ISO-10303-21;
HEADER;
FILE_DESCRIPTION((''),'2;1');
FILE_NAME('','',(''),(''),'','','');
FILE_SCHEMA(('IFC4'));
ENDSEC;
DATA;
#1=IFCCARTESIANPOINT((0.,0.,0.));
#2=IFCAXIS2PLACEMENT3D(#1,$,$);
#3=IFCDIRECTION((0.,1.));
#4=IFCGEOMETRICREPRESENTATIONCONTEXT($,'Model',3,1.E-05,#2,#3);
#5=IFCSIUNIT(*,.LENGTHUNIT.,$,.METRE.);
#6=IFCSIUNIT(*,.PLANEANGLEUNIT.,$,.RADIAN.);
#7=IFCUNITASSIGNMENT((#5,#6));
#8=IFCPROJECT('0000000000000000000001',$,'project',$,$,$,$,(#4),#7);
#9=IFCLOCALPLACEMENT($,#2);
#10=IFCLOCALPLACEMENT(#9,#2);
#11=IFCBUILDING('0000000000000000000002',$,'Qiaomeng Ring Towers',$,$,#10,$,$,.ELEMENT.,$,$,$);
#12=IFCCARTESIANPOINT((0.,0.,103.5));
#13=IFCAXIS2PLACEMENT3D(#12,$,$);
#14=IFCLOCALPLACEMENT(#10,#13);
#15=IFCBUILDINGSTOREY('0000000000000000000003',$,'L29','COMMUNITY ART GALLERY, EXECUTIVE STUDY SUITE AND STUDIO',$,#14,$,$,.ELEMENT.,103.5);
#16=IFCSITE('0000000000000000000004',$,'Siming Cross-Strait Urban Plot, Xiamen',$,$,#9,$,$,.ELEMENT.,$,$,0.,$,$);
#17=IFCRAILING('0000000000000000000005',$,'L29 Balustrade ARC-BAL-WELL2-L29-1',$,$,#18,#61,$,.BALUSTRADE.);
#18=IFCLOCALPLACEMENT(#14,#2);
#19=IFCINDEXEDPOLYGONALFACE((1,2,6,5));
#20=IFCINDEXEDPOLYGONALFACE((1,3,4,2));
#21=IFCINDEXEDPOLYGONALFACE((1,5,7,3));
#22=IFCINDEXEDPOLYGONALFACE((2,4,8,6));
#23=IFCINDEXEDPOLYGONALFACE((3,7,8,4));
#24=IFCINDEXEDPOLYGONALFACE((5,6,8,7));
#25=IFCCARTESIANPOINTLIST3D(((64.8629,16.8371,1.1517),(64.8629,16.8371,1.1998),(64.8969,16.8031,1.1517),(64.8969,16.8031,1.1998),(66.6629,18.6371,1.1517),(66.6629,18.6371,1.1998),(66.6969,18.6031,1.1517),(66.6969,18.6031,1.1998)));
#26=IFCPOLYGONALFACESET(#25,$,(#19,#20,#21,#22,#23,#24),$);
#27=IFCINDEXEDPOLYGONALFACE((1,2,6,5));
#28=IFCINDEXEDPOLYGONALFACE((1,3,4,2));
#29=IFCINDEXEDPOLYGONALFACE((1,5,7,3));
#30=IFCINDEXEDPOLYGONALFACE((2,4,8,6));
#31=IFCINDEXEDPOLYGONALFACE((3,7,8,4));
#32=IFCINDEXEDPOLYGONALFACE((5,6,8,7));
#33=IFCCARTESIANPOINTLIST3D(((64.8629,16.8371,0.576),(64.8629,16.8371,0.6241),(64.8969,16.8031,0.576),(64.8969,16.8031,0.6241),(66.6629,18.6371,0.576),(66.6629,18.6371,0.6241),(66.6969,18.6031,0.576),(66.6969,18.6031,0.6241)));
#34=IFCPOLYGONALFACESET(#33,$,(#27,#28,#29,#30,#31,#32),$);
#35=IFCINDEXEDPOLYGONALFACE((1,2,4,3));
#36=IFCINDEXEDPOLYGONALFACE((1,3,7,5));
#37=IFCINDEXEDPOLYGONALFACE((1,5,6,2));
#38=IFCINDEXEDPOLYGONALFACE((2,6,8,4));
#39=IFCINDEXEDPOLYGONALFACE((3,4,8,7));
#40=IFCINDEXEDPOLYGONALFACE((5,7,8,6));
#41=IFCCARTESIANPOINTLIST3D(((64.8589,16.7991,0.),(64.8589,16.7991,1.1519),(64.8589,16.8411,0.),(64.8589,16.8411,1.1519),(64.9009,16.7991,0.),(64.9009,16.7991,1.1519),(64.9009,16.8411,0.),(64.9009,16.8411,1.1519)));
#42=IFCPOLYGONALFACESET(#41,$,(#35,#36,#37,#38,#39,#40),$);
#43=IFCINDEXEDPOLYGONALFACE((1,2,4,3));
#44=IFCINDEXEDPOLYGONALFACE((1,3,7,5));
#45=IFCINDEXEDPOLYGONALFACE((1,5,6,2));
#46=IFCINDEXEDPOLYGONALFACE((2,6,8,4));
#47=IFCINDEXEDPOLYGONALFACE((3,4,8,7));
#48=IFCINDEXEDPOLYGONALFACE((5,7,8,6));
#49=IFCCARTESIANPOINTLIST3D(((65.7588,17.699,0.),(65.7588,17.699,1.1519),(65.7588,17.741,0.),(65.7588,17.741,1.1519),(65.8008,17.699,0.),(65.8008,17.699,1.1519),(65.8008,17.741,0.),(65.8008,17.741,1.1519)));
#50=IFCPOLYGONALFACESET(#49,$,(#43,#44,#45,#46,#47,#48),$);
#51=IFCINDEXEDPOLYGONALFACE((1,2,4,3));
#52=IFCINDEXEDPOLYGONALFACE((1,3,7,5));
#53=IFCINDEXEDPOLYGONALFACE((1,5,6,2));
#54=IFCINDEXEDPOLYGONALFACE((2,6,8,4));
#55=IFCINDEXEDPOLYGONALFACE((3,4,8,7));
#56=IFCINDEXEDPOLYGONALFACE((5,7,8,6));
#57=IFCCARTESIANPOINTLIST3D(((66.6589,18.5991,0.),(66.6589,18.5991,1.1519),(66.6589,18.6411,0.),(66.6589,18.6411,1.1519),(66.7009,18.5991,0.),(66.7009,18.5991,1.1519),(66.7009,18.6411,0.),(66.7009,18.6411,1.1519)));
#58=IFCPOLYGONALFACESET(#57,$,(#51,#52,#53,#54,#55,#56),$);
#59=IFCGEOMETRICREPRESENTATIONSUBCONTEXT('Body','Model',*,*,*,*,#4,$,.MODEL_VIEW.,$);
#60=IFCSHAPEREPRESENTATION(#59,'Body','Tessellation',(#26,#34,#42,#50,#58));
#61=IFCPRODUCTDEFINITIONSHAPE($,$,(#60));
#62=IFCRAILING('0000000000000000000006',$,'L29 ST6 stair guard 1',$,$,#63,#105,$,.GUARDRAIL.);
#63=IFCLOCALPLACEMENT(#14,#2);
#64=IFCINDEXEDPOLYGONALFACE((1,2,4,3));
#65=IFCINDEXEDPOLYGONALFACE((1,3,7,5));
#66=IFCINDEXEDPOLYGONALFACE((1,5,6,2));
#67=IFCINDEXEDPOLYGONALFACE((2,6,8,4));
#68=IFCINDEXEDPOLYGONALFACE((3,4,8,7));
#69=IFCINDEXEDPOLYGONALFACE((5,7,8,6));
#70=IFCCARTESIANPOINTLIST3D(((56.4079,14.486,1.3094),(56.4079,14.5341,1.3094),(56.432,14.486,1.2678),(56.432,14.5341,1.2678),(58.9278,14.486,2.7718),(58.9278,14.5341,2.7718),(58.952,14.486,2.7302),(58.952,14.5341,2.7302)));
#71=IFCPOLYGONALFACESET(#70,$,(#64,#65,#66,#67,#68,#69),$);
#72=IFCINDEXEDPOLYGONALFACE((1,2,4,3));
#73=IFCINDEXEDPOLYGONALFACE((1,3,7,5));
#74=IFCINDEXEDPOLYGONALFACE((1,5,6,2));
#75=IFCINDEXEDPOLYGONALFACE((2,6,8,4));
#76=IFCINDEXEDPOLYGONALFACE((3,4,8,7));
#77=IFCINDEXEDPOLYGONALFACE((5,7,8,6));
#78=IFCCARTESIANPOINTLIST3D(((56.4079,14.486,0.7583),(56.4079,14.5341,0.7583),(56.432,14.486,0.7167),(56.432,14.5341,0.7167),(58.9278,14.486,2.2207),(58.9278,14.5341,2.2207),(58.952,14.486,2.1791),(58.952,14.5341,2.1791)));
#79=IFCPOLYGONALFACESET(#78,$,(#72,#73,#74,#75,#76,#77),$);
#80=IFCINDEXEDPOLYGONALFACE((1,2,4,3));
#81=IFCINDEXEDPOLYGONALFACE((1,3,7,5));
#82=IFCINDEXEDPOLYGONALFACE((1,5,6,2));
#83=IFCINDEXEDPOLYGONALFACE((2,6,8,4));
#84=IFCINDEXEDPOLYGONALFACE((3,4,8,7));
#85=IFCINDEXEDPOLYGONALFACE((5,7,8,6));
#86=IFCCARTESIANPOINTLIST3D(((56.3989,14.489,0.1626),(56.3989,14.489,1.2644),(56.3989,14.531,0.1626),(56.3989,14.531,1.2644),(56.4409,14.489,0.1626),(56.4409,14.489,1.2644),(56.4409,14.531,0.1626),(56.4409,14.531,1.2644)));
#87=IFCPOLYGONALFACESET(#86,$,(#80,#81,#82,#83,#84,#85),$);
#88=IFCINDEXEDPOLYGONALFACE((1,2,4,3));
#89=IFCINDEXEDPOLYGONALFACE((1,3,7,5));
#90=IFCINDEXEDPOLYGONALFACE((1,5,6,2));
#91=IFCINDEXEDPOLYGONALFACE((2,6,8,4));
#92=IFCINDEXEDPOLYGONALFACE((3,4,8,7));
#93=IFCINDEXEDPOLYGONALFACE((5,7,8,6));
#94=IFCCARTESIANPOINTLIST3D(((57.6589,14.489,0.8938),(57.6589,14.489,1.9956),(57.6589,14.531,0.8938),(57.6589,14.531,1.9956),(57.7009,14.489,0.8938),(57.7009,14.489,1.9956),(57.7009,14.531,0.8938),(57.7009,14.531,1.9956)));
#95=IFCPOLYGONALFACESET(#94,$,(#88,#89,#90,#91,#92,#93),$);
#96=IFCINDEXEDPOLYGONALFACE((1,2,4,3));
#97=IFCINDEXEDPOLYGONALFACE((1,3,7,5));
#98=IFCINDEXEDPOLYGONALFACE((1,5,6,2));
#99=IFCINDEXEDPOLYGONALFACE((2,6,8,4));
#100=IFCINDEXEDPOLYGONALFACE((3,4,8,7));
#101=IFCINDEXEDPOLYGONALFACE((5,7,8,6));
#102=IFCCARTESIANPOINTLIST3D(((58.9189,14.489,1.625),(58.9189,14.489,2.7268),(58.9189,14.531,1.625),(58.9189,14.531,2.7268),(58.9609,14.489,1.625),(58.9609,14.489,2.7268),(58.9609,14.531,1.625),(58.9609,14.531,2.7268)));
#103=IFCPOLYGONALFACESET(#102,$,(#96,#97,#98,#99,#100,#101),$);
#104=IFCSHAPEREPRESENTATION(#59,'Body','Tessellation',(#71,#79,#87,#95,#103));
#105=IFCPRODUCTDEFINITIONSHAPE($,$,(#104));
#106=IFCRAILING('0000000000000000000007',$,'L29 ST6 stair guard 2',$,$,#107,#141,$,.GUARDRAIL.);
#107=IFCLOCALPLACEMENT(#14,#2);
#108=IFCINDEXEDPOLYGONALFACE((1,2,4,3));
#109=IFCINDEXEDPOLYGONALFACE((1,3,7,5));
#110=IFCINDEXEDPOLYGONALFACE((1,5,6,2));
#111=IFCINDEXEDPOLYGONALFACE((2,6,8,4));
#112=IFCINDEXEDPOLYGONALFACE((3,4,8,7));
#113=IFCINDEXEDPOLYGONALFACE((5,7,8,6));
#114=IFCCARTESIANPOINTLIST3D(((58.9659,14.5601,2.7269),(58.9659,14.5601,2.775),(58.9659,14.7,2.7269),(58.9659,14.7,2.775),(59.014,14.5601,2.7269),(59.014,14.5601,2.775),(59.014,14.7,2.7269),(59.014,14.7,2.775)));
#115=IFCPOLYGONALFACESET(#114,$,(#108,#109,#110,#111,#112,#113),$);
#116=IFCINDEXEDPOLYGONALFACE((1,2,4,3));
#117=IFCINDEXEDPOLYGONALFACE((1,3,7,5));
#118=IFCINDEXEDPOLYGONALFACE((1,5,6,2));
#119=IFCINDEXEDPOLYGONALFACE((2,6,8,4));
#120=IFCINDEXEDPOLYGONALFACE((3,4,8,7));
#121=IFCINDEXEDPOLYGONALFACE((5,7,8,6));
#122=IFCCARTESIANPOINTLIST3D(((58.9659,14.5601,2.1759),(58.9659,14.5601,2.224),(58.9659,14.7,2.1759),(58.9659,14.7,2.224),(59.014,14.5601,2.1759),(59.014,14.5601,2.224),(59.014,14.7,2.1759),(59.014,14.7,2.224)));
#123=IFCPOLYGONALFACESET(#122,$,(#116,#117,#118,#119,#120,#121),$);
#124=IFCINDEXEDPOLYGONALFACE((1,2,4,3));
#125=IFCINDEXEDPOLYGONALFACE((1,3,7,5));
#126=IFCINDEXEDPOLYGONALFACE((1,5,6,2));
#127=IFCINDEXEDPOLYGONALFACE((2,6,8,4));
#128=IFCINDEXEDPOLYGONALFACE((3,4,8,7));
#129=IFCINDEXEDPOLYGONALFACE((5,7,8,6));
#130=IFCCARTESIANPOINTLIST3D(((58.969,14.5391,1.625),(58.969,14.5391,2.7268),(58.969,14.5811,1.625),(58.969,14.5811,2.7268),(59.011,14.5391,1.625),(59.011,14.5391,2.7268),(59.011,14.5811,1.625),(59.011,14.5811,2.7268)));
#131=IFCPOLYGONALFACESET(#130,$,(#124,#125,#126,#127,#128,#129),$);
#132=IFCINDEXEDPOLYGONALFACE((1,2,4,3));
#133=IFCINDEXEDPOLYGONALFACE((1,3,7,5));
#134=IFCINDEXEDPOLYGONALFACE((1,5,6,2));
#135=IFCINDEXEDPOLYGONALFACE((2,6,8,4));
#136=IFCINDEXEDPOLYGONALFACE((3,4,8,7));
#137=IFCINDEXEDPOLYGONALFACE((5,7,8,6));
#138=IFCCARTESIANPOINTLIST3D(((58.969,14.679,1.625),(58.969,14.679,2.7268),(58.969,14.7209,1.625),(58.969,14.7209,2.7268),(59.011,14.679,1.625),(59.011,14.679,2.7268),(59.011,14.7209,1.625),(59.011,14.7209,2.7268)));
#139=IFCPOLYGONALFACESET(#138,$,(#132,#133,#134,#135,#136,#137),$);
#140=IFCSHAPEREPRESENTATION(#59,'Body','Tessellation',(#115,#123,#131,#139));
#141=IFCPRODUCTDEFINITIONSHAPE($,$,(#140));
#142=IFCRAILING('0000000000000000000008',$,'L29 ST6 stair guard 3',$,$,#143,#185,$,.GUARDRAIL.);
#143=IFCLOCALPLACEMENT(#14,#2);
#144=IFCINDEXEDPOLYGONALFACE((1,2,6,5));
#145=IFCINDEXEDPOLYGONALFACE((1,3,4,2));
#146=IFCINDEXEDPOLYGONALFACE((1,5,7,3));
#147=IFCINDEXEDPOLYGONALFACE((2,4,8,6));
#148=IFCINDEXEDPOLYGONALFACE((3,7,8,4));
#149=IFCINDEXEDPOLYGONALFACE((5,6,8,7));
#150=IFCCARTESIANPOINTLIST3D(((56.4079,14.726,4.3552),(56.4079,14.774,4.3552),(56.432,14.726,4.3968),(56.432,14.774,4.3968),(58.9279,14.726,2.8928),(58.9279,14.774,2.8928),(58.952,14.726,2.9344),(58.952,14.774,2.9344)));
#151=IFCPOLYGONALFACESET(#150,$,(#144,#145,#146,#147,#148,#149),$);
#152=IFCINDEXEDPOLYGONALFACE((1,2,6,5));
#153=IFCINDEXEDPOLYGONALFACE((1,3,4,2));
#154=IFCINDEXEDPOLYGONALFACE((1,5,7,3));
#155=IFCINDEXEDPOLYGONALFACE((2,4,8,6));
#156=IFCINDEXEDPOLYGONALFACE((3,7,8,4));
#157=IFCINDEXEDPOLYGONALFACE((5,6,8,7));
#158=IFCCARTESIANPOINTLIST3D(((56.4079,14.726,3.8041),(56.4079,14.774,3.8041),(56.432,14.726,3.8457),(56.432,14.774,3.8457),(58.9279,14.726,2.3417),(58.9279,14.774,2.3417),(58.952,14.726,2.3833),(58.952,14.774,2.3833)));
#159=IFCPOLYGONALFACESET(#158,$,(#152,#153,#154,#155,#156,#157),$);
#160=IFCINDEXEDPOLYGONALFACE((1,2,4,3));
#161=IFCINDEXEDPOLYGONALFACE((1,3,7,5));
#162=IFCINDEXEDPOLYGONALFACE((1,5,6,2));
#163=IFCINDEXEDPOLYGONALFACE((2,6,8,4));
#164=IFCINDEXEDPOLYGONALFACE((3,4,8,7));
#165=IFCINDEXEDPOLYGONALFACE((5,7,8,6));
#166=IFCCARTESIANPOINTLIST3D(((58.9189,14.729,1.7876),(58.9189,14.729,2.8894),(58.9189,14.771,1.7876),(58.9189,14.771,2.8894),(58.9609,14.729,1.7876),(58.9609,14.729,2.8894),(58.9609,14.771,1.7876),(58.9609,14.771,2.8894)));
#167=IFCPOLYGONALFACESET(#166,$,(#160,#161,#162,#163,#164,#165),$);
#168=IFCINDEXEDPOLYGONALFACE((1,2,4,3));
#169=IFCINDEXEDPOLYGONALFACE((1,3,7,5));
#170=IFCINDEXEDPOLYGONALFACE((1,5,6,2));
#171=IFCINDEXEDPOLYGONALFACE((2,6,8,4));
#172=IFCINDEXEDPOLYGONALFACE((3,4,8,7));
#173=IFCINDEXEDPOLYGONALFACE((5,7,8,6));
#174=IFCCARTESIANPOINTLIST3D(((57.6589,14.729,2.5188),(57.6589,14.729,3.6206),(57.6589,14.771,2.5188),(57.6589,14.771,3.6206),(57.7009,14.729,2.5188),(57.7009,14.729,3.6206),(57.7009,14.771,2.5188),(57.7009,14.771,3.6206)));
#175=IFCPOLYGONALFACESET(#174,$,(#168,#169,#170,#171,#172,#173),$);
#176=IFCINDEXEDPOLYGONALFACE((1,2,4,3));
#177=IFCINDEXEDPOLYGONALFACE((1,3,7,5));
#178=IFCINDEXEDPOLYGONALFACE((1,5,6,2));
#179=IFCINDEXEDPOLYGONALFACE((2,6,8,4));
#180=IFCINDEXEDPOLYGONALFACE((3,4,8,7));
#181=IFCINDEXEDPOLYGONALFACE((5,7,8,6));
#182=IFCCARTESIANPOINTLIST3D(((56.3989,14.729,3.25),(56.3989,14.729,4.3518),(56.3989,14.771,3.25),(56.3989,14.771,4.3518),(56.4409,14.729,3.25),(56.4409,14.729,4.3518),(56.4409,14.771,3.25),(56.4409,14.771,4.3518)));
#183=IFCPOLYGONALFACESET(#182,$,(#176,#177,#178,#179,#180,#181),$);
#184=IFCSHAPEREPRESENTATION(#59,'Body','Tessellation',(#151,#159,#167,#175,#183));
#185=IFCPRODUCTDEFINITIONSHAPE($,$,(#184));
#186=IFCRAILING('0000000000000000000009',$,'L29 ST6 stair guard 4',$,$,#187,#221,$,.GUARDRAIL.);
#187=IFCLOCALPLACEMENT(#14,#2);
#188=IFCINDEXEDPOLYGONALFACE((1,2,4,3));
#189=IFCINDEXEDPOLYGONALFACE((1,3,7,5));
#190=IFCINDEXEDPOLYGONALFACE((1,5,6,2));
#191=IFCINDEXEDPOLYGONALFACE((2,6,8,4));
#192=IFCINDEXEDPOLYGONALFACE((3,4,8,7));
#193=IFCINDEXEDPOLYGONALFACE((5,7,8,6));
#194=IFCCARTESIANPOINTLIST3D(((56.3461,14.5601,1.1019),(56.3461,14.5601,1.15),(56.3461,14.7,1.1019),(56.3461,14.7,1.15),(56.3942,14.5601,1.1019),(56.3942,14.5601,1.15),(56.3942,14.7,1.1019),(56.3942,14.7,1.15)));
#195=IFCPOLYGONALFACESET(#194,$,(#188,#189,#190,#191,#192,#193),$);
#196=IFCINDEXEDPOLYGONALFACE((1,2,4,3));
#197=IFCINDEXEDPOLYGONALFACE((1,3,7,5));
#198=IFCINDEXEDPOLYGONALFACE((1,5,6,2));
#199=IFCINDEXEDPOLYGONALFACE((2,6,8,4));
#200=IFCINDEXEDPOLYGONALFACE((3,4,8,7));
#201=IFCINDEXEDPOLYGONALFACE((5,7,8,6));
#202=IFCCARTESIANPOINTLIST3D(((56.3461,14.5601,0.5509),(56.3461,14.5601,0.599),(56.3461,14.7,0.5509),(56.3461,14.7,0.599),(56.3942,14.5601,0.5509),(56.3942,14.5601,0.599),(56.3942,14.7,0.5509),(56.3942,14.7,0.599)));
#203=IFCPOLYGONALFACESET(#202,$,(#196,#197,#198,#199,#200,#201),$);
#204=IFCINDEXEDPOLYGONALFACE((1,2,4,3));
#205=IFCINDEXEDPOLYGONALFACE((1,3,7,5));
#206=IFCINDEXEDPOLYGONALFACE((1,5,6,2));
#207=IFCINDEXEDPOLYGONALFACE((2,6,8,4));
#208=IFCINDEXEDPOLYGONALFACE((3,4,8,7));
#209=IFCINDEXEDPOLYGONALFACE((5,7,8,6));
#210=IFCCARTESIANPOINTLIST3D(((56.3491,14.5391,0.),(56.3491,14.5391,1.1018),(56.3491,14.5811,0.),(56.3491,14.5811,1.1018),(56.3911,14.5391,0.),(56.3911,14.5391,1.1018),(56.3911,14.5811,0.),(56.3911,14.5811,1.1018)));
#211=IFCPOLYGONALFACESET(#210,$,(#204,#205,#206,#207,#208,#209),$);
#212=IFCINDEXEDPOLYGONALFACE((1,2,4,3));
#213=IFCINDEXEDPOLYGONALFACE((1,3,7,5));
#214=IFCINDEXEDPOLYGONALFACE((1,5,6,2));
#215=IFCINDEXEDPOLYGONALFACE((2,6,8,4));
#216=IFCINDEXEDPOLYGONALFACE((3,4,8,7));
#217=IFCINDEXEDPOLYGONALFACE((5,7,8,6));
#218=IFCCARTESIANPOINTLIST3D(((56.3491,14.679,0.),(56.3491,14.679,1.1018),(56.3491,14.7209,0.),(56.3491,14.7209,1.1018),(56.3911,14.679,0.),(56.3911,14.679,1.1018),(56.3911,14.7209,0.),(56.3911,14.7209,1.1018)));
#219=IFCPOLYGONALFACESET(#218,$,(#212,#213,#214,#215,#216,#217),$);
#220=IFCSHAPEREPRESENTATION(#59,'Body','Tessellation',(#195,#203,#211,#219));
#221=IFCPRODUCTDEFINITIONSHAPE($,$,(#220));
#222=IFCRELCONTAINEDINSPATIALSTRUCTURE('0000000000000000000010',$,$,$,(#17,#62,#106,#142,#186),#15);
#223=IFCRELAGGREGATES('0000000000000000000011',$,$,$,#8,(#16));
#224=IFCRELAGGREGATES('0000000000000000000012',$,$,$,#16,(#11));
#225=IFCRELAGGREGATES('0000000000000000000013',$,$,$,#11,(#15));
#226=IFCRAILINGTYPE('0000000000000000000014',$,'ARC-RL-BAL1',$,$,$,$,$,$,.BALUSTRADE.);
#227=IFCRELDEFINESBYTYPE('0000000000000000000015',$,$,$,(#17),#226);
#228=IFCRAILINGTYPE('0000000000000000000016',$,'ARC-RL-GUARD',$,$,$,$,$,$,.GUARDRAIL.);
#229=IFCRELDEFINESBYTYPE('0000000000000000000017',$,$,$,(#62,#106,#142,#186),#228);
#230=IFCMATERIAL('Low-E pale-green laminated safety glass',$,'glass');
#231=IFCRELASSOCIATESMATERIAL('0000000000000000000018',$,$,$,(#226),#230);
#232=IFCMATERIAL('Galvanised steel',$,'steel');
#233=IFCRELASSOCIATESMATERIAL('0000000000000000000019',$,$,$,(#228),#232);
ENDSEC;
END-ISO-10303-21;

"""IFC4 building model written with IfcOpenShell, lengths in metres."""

from ifc_helpers import new_model, si_unit, direction, frame, origin, origin_2d, place, context, subcontext, project, spatial, rectangle, extrude, material, type_object, element, save


model = new_model("IFC4")

# Units and contexts
model_context = context("Model", 3, precision=1e-05, world=origin(), true_north=direction((0.0, 1.0)))
body_context = subcontext(model_context, "Body", "Model", "MODEL_VIEW")
ifc_project = project(units=[si_unit("LENGTHUNIT", "METRE"), si_unit("PLANEANGLEUNIT", "RADIAN")], contexts=[model_context])

# Site, building, storey
site_placement = place(None, origin())
site = spatial("IfcSite", under=ifc_project, at=site_placement, Name="Siming Cross-Strait Urban Plot, Xiamen", CompositionType="ELEMENT", RefElevation=0.0)
building_placement = place(site_placement, origin())
building = spatial("IfcBuilding", under=site, at=building_placement, Name="Qiaomeng Ring Towers", CompositionType="ELEMENT")
storey_placement = place(building_placement, frame((0.0, 0.0, 103.5)))
storey = spatial("IfcBuildingStorey", under=building, at=storey_placement, Name="L29", Description="COMMUNITY ART GALLERY, EXECUTIVE STUDY SUITE AND STUDIO", CompositionType="ELEMENT", Elevation=103.5)

# Shared definitions
ifc_material_1 = material(Name="Galvanised steel", Category="steel")

# Railings
ifc_material_2 = material(Name="Low-E pale-green laminated safety glass", Category="glass")
railing_type_1 = type_object("IfcRailingType", Name="ARC-RL-BAL1", PredefinedType="BALUSTRADE", material=ifc_material_2)
railing_1_placement = place(storey_placement, frame((64.8799, 16.8201, 0.0)))
element("IfcRailing", 1, at=railing_1_placement, inside=storey, type_object=railing_type_1, Name="L29 Balustrade ARC-BAL-WELL2-L29-1", PredefinedType="BALUSTRADE", context=body_context, shape_type="SweptSolid", body=[
    extrude(rectangle(XDim=0.0481, YDim=0.0481, at=origin_2d()), frame((0.0, 0.0, 1.1758), z_axis=(0.707107, 0.707107, 0.0), x_axis=(-0.707107, 0.707107, 0.0)), (0.0, 0.0, 1.0), 2.5457),
    extrude(rectangle(XDim=0.0481, YDim=0.0481, at=origin_2d()), frame((0.0, 0.0, 0.6001), z_axis=(0.707107, 0.707107, 0.0), x_axis=(-0.707107, 0.707107, 0.0)), (0.0, 0.0, 1.0), 2.5457),
    extrude(rectangle(XDim=0.042, YDim=0.042, at=origin_2d()), origin(), (0.0, 0.0, 1.0), 1.1519),
    extrude(rectangle(XDim=0.042, YDim=0.042, at=origin_2d()), frame((0.8999, 0.8999, 0.0)), (0.0, 0.0, 1.0), 1.1519),
    extrude(rectangle(XDim=0.042, YDim=0.042, at=origin_2d()), frame((1.8, 1.8, 0.0)), (0.0, 0.0, 1.0), 1.1519),
])
railing_type_2 = type_object("IfcRailingType", Name="ARC-RL-GUARD", PredefinedType="GUARDRAIL", material=ifc_material_1)
railing_2_placement = place(storey_placement, frame((56.4199, 14.51, 0.1626)))
element("IfcRailing", 2, at=railing_2_placement, inside=storey, type_object=railing_type_2, Name="L29 ST6 stair guard 1", PredefinedType="GUARDRAIL", context=body_context, shape_type="SweptSolid", body=[
    extrude(rectangle(XDim=0.0481, YDim=0.0481, at=origin_2d()), frame((0.0, 0.0, 1.126), z_axis=(0.864913, 0.0, 0.501921), x_axis=(0.0, 1.0, 0.0)), (0.0, 0.0, 1.0), 2.9136),
    extrude(rectangle(XDim=0.0481, YDim=0.0481, at=origin_2d()), frame((0.0, 0.0, 0.575), z_axis=(0.864913, 0.0, 0.501921), x_axis=(0.0, 1.0, 0.0)), (0.0, 0.0, 1.0), 2.9136),
    extrude(rectangle(XDim=0.042, YDim=0.042, at=origin_2d()), origin(), (0.0, 0.0, 1.0), 1.1018),
    extrude(rectangle(XDim=0.042, YDim=0.042, at=origin_2d()), frame((1.26, 0.0, 0.7312)), (0.0, 0.0, 1.0), 1.1018),
    extrude(rectangle(XDim=0.042, YDim=0.042, at=origin_2d()), frame((2.52, 0.0, 1.4624)), (0.0, 0.0, 1.0), 1.1018),
])
railing_3_placement = place(storey_placement, frame((58.99, 14.5601, 1.625)))
element("IfcRailing", 3, at=railing_3_placement, inside=storey, type_object=railing_type_2, Name="L29 ST6 stair guard 2", PredefinedType="GUARDRAIL", context=body_context, shape_type="SweptSolid", body=[
    extrude(rectangle(XDim=0.0481, YDim=0.0481, at=origin_2d()), frame((0.0, 0.0, 1.126), z_axis=(0.0, 1.0, 0.0), x_axis=(-1.0, 0.0, 0.0)), (0.0, 0.0, 1.0), 0.1399),
    extrude(rectangle(XDim=0.0481, YDim=0.0481, at=origin_2d()), frame((0.0, 0.0, 0.575), z_axis=(0.0, 1.0, 0.0), x_axis=(-1.0, 0.0, 0.0)), (0.0, 0.0, 1.0), 0.1399),
    extrude(rectangle(XDim=0.042, YDim=0.042, at=origin_2d()), origin(), (0.0, 0.0, 1.0), 1.1018),
    extrude(rectangle(XDim=0.042, YDim=0.042, at=origin_2d()), frame((0.0, 0.1399, 0.0)), (0.0, 0.0, 1.0), 1.1018),
])
railing_4_placement = place(storey_placement, frame((58.9399, 14.75, 1.7876)))
element("IfcRailing", 4, at=railing_4_placement, inside=storey, type_object=railing_type_2, Name="L29 ST6 stair guard 3", PredefinedType="GUARDRAIL", context=body_context, shape_type="SweptSolid", body=[
    extrude(rectangle(XDim=0.0481, YDim=0.0481, at=origin_2d()), frame((0.0, 0.0, 1.126), z_axis=(-0.864913, 0.0, 0.501921), x_axis=(0.0, -1.0, 0.0)), (0.0, 0.0, 1.0), 2.9136),
    extrude(rectangle(XDim=0.0481, YDim=0.0481, at=origin_2d()), frame((0.0, 0.0, 0.575), z_axis=(-0.864913, 0.0, 0.501921), x_axis=(0.0, -1.0, 0.0)), (0.0, 0.0, 1.0), 2.9136),
    extrude(rectangle(XDim=0.042, YDim=0.042, at=origin_2d()), origin(), (0.0, 0.0, 1.0), 1.1018),
    extrude(rectangle(XDim=0.042, YDim=0.042, at=origin_2d()), frame((-1.26, 0.0, 0.7312)), (0.0, 0.0, 1.0), 1.1018),
    extrude(rectangle(XDim=0.042, YDim=0.042, at=origin_2d()), frame((-2.52, 0.0, 1.4624)), (0.0, 0.0, 1.0), 1.1018),
])
railing_5_placement = place(storey_placement, frame((56.3701, 14.5601, 0.0)))
element("IfcRailing", 5, at=railing_5_placement, inside=storey, type_object=railing_type_2, Name="L29 ST6 stair guard 4", PredefinedType="GUARDRAIL", context=body_context, shape_type="SweptSolid", body=[
    extrude(rectangle(XDim=0.0481, YDim=0.0481, at=origin_2d()), frame((0.0, 0.0, 1.126), z_axis=(0.0, 1.0, 0.0), x_axis=(-1.0, 0.0, 0.0)), (0.0, 0.0, 1.0), 0.1399),
    extrude(rectangle(XDim=0.0481, YDim=0.0481, at=origin_2d()), frame((0.0, 0.0, 0.575), z_axis=(0.0, 1.0, 0.0), x_axis=(-1.0, 0.0, 0.0)), (0.0, 0.0, 1.0), 0.1399),
    extrude(rectangle(XDim=0.042, YDim=0.042, at=origin_2d()), origin(), (0.0, 0.0, 1.0), 1.1018),
    extrude(rectangle(XDim=0.042, YDim=0.042, at=origin_2d()), frame((0.0, 0.1399, 0.0)), (0.0, 0.0, 1.0), 1.1018),
])

save(model, "model.ifc")
